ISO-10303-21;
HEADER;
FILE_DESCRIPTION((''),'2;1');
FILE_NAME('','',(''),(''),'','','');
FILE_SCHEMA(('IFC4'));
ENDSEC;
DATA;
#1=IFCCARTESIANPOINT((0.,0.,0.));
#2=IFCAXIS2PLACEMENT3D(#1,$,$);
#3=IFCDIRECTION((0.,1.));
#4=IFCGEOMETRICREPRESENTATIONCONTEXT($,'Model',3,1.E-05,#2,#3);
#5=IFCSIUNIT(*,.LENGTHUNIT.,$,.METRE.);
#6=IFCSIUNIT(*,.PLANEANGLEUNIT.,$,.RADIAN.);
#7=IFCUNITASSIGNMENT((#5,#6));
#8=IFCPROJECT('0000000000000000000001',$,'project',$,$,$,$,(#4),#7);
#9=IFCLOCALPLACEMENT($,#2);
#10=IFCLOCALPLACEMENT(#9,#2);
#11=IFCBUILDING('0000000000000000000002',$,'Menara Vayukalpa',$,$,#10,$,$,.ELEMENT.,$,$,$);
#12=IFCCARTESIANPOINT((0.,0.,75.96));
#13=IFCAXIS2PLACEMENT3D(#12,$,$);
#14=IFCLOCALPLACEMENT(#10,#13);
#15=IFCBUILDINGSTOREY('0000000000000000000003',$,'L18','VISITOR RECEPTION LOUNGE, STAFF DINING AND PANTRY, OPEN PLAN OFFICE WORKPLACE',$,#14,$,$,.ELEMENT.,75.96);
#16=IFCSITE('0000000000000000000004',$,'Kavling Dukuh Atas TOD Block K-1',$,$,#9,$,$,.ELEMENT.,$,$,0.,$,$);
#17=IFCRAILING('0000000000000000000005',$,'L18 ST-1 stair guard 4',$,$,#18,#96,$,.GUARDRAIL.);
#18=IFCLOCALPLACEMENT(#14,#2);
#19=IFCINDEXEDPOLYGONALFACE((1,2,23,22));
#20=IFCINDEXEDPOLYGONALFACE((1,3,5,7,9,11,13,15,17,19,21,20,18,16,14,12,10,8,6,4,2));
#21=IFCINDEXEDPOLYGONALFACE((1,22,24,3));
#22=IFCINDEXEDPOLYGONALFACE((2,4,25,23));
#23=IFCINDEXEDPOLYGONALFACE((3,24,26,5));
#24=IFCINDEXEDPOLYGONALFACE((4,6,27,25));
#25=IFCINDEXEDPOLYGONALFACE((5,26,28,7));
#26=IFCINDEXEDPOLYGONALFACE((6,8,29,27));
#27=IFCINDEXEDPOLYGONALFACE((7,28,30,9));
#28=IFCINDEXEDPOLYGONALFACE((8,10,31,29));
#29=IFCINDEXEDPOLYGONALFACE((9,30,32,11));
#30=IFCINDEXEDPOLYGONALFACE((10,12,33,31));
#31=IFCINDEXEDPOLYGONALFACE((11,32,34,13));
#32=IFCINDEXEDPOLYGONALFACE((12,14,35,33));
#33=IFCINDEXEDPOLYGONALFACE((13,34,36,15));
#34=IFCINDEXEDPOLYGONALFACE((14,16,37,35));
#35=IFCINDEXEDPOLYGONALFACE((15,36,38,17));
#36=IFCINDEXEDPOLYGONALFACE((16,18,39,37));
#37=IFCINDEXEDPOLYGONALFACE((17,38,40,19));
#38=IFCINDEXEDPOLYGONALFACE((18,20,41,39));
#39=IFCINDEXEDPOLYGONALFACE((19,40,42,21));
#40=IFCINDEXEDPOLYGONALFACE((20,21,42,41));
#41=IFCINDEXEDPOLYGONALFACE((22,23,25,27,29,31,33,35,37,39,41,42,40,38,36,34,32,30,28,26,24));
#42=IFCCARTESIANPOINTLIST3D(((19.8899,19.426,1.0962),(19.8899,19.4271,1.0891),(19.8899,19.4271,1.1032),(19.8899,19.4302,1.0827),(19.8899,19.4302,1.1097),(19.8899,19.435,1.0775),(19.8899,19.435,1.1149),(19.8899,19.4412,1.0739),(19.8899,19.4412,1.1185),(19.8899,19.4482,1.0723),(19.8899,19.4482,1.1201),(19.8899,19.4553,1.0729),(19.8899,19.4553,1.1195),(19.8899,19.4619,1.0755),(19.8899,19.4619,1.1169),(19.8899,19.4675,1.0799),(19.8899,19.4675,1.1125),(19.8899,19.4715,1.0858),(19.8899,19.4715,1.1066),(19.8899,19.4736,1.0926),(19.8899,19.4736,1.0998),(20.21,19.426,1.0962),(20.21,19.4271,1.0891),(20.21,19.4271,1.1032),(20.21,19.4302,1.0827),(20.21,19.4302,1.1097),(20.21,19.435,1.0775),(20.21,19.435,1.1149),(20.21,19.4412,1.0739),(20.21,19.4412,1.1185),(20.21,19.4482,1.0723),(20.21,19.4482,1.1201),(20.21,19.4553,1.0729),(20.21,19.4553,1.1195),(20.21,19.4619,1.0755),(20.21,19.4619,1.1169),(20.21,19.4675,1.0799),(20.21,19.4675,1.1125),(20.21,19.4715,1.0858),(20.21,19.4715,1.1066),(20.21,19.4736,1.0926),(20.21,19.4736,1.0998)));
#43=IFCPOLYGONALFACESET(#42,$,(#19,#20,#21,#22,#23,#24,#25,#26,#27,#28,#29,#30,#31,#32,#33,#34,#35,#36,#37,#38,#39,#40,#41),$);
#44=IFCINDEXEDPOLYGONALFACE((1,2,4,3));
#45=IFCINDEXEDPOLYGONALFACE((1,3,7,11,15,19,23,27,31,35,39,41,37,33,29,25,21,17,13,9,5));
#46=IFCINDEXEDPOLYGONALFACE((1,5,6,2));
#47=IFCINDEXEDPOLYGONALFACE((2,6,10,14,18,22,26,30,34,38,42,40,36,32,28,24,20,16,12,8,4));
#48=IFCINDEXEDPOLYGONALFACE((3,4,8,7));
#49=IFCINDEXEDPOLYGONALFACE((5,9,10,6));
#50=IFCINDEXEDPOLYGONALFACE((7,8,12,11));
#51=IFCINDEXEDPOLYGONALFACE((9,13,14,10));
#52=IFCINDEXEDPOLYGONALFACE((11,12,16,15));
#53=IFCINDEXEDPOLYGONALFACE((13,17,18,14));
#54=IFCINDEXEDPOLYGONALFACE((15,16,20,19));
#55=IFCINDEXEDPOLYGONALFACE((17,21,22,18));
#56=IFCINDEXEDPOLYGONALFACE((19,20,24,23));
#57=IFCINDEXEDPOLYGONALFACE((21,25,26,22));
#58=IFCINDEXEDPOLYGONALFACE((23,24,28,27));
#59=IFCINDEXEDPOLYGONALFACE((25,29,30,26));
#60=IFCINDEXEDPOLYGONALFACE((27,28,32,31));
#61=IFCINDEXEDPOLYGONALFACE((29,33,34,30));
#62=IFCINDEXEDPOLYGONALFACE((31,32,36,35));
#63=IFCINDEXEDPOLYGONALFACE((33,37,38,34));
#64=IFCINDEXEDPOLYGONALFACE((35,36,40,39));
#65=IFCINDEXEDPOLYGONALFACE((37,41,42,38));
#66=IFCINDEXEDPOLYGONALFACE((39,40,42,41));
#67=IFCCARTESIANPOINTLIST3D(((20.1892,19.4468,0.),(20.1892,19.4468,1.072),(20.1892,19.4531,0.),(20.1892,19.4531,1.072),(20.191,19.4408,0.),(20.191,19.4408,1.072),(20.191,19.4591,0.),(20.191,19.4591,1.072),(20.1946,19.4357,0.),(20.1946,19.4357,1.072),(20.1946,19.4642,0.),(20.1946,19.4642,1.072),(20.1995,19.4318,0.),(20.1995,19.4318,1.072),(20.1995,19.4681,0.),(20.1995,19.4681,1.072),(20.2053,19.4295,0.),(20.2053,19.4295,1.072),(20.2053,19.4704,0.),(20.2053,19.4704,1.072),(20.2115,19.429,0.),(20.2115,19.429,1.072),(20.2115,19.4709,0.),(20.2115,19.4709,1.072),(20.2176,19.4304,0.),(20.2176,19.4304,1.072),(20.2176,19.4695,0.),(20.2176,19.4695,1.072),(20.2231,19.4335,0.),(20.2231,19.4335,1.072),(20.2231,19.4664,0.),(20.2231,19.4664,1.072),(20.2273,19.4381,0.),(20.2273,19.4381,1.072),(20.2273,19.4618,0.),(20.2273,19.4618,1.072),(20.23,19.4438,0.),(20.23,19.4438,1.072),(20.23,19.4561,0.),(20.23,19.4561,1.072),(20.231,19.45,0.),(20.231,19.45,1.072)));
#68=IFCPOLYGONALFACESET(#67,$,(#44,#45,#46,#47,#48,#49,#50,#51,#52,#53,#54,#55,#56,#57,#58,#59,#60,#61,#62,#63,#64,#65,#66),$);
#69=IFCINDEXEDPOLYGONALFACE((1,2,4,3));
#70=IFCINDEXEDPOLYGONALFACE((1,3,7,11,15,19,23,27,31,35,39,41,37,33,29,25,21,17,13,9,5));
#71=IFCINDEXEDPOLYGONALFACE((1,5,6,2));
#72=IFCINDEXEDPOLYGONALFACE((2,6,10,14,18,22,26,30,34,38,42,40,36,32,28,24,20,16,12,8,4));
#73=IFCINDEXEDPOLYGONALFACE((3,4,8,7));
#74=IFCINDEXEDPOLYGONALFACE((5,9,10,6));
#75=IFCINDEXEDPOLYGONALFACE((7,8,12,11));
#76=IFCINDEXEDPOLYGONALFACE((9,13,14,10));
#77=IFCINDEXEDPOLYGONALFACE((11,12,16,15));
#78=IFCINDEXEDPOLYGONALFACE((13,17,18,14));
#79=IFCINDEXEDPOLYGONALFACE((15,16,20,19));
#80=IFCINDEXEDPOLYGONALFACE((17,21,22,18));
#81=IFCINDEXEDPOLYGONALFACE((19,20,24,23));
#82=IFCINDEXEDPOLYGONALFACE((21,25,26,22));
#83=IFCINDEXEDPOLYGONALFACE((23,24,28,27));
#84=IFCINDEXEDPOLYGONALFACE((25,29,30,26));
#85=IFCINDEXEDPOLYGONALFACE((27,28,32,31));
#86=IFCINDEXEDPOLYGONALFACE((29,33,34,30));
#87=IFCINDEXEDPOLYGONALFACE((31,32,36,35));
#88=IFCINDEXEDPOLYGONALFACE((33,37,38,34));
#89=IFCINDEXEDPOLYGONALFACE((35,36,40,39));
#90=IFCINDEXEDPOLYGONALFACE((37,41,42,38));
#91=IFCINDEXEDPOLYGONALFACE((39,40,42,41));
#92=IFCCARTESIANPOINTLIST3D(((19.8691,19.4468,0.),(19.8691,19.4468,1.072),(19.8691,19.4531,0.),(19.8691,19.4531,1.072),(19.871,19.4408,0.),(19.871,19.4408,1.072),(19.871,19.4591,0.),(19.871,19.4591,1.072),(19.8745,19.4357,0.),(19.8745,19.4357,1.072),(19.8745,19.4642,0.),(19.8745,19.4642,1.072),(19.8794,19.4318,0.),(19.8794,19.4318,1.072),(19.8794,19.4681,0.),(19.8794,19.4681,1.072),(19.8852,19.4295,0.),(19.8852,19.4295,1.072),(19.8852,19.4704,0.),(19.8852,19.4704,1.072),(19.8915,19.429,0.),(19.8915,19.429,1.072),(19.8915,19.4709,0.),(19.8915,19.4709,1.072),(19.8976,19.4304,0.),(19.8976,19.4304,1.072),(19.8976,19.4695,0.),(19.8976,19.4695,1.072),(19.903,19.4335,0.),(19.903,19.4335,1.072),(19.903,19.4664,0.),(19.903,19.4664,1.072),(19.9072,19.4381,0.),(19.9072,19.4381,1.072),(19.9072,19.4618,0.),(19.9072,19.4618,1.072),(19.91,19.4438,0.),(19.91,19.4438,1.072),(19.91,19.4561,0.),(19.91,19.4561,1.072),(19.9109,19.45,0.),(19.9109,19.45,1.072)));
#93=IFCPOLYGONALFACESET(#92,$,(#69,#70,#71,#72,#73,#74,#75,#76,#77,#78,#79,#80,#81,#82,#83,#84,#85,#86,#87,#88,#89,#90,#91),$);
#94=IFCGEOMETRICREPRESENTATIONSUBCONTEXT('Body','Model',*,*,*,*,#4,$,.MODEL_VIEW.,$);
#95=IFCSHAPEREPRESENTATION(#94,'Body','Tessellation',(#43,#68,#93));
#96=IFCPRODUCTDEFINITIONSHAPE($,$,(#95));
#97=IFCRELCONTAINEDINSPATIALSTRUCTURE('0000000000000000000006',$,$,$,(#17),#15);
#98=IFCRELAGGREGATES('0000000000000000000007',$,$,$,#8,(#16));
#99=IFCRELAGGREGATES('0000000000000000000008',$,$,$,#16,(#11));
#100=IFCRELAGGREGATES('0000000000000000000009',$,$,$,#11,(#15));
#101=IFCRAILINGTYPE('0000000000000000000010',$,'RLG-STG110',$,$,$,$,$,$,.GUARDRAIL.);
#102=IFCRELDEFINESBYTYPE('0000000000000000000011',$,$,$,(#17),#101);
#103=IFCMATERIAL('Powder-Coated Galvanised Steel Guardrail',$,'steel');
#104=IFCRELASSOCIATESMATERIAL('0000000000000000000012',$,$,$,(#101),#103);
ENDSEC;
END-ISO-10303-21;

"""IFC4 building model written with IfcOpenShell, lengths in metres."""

from ifc_helpers import new_model, si_unit, direction, frame, origin, origin_2d, place, context, subcontext, project, spatial, circle, extrude, material, type_object, element, save


model = new_model("IFC4")

# Units and contexts
model_context = context("Model", 3, precision=1e-05, world=origin(), true_north=direction((0.0, 1.0)))
body_context = subcontext(model_context, "Body", "Model", "MODEL_VIEW")
ifc_project = project(units=[si_unit("LENGTHUNIT", "METRE"), si_unit("PLANEANGLEUNIT", "RADIAN")], contexts=[model_context])

# Site, building, storey
site_placement = place(None, origin())
site = spatial("IfcSite", under=ifc_project, at=site_placement, Name="Kavling Dukuh Atas TOD Block K-1", CompositionType="ELEMENT", RefElevation=0.0)
building_placement = place(site_placement, origin())
building = spatial("IfcBuilding", under=site, at=building_placement, Name="Menara Vayukalpa", CompositionType="ELEMENT")
storey_placement = place(building_placement, frame((0.0, 0.0, 75.96)))
storey = spatial("IfcBuildingStorey", under=building, at=storey_placement, Name="L18", Description="VISITOR RECEPTION LOUNGE, STAFF DINING AND PANTRY, OPEN PLAN OFFICE WORKPLACE", CompositionType="ELEMENT", Elevation=75.96)

# Railing
ifc_material_1 = material(Name="Powder-Coated Galvanised Steel Guardrail", Category="steel")
railing_type_1 = type_object("IfcRailingType", Name="RLG-STG110", PredefinedType="GUARDRAIL", material=ifc_material_1)
railing_1_placement = place(storey_placement, frame((20.21, 19.45, 0.0)))
element("IfcRailing", 1, at=railing_1_placement, inside=storey, type_object=railing_type_1, Name="L18 ST-1 stair guard 4", PredefinedType="GUARDRAIL", context=body_context, shape_type="SweptSolid", body=[
    extrude(circle(Radius=0.0239, at=origin_2d()), frame((0.0, 0.0, 1.0962), z_axis=(-1.0, 0.0, 0.0), x_axis=(0.0, -1.0, 0.0)), (0.0, 0.0, 1.0), 0.3201),
    extrude(circle(Radius=0.021, at=origin_2d()), origin(), (0.0, 0.0, 1.0), 1.072),
    extrude(circle(Radius=0.021, at=origin_2d()), frame((-0.3201, 0.0, 0.0)), (0.0, 0.0, 1.0), 1.072),
])

save(model, "model.ifc")
